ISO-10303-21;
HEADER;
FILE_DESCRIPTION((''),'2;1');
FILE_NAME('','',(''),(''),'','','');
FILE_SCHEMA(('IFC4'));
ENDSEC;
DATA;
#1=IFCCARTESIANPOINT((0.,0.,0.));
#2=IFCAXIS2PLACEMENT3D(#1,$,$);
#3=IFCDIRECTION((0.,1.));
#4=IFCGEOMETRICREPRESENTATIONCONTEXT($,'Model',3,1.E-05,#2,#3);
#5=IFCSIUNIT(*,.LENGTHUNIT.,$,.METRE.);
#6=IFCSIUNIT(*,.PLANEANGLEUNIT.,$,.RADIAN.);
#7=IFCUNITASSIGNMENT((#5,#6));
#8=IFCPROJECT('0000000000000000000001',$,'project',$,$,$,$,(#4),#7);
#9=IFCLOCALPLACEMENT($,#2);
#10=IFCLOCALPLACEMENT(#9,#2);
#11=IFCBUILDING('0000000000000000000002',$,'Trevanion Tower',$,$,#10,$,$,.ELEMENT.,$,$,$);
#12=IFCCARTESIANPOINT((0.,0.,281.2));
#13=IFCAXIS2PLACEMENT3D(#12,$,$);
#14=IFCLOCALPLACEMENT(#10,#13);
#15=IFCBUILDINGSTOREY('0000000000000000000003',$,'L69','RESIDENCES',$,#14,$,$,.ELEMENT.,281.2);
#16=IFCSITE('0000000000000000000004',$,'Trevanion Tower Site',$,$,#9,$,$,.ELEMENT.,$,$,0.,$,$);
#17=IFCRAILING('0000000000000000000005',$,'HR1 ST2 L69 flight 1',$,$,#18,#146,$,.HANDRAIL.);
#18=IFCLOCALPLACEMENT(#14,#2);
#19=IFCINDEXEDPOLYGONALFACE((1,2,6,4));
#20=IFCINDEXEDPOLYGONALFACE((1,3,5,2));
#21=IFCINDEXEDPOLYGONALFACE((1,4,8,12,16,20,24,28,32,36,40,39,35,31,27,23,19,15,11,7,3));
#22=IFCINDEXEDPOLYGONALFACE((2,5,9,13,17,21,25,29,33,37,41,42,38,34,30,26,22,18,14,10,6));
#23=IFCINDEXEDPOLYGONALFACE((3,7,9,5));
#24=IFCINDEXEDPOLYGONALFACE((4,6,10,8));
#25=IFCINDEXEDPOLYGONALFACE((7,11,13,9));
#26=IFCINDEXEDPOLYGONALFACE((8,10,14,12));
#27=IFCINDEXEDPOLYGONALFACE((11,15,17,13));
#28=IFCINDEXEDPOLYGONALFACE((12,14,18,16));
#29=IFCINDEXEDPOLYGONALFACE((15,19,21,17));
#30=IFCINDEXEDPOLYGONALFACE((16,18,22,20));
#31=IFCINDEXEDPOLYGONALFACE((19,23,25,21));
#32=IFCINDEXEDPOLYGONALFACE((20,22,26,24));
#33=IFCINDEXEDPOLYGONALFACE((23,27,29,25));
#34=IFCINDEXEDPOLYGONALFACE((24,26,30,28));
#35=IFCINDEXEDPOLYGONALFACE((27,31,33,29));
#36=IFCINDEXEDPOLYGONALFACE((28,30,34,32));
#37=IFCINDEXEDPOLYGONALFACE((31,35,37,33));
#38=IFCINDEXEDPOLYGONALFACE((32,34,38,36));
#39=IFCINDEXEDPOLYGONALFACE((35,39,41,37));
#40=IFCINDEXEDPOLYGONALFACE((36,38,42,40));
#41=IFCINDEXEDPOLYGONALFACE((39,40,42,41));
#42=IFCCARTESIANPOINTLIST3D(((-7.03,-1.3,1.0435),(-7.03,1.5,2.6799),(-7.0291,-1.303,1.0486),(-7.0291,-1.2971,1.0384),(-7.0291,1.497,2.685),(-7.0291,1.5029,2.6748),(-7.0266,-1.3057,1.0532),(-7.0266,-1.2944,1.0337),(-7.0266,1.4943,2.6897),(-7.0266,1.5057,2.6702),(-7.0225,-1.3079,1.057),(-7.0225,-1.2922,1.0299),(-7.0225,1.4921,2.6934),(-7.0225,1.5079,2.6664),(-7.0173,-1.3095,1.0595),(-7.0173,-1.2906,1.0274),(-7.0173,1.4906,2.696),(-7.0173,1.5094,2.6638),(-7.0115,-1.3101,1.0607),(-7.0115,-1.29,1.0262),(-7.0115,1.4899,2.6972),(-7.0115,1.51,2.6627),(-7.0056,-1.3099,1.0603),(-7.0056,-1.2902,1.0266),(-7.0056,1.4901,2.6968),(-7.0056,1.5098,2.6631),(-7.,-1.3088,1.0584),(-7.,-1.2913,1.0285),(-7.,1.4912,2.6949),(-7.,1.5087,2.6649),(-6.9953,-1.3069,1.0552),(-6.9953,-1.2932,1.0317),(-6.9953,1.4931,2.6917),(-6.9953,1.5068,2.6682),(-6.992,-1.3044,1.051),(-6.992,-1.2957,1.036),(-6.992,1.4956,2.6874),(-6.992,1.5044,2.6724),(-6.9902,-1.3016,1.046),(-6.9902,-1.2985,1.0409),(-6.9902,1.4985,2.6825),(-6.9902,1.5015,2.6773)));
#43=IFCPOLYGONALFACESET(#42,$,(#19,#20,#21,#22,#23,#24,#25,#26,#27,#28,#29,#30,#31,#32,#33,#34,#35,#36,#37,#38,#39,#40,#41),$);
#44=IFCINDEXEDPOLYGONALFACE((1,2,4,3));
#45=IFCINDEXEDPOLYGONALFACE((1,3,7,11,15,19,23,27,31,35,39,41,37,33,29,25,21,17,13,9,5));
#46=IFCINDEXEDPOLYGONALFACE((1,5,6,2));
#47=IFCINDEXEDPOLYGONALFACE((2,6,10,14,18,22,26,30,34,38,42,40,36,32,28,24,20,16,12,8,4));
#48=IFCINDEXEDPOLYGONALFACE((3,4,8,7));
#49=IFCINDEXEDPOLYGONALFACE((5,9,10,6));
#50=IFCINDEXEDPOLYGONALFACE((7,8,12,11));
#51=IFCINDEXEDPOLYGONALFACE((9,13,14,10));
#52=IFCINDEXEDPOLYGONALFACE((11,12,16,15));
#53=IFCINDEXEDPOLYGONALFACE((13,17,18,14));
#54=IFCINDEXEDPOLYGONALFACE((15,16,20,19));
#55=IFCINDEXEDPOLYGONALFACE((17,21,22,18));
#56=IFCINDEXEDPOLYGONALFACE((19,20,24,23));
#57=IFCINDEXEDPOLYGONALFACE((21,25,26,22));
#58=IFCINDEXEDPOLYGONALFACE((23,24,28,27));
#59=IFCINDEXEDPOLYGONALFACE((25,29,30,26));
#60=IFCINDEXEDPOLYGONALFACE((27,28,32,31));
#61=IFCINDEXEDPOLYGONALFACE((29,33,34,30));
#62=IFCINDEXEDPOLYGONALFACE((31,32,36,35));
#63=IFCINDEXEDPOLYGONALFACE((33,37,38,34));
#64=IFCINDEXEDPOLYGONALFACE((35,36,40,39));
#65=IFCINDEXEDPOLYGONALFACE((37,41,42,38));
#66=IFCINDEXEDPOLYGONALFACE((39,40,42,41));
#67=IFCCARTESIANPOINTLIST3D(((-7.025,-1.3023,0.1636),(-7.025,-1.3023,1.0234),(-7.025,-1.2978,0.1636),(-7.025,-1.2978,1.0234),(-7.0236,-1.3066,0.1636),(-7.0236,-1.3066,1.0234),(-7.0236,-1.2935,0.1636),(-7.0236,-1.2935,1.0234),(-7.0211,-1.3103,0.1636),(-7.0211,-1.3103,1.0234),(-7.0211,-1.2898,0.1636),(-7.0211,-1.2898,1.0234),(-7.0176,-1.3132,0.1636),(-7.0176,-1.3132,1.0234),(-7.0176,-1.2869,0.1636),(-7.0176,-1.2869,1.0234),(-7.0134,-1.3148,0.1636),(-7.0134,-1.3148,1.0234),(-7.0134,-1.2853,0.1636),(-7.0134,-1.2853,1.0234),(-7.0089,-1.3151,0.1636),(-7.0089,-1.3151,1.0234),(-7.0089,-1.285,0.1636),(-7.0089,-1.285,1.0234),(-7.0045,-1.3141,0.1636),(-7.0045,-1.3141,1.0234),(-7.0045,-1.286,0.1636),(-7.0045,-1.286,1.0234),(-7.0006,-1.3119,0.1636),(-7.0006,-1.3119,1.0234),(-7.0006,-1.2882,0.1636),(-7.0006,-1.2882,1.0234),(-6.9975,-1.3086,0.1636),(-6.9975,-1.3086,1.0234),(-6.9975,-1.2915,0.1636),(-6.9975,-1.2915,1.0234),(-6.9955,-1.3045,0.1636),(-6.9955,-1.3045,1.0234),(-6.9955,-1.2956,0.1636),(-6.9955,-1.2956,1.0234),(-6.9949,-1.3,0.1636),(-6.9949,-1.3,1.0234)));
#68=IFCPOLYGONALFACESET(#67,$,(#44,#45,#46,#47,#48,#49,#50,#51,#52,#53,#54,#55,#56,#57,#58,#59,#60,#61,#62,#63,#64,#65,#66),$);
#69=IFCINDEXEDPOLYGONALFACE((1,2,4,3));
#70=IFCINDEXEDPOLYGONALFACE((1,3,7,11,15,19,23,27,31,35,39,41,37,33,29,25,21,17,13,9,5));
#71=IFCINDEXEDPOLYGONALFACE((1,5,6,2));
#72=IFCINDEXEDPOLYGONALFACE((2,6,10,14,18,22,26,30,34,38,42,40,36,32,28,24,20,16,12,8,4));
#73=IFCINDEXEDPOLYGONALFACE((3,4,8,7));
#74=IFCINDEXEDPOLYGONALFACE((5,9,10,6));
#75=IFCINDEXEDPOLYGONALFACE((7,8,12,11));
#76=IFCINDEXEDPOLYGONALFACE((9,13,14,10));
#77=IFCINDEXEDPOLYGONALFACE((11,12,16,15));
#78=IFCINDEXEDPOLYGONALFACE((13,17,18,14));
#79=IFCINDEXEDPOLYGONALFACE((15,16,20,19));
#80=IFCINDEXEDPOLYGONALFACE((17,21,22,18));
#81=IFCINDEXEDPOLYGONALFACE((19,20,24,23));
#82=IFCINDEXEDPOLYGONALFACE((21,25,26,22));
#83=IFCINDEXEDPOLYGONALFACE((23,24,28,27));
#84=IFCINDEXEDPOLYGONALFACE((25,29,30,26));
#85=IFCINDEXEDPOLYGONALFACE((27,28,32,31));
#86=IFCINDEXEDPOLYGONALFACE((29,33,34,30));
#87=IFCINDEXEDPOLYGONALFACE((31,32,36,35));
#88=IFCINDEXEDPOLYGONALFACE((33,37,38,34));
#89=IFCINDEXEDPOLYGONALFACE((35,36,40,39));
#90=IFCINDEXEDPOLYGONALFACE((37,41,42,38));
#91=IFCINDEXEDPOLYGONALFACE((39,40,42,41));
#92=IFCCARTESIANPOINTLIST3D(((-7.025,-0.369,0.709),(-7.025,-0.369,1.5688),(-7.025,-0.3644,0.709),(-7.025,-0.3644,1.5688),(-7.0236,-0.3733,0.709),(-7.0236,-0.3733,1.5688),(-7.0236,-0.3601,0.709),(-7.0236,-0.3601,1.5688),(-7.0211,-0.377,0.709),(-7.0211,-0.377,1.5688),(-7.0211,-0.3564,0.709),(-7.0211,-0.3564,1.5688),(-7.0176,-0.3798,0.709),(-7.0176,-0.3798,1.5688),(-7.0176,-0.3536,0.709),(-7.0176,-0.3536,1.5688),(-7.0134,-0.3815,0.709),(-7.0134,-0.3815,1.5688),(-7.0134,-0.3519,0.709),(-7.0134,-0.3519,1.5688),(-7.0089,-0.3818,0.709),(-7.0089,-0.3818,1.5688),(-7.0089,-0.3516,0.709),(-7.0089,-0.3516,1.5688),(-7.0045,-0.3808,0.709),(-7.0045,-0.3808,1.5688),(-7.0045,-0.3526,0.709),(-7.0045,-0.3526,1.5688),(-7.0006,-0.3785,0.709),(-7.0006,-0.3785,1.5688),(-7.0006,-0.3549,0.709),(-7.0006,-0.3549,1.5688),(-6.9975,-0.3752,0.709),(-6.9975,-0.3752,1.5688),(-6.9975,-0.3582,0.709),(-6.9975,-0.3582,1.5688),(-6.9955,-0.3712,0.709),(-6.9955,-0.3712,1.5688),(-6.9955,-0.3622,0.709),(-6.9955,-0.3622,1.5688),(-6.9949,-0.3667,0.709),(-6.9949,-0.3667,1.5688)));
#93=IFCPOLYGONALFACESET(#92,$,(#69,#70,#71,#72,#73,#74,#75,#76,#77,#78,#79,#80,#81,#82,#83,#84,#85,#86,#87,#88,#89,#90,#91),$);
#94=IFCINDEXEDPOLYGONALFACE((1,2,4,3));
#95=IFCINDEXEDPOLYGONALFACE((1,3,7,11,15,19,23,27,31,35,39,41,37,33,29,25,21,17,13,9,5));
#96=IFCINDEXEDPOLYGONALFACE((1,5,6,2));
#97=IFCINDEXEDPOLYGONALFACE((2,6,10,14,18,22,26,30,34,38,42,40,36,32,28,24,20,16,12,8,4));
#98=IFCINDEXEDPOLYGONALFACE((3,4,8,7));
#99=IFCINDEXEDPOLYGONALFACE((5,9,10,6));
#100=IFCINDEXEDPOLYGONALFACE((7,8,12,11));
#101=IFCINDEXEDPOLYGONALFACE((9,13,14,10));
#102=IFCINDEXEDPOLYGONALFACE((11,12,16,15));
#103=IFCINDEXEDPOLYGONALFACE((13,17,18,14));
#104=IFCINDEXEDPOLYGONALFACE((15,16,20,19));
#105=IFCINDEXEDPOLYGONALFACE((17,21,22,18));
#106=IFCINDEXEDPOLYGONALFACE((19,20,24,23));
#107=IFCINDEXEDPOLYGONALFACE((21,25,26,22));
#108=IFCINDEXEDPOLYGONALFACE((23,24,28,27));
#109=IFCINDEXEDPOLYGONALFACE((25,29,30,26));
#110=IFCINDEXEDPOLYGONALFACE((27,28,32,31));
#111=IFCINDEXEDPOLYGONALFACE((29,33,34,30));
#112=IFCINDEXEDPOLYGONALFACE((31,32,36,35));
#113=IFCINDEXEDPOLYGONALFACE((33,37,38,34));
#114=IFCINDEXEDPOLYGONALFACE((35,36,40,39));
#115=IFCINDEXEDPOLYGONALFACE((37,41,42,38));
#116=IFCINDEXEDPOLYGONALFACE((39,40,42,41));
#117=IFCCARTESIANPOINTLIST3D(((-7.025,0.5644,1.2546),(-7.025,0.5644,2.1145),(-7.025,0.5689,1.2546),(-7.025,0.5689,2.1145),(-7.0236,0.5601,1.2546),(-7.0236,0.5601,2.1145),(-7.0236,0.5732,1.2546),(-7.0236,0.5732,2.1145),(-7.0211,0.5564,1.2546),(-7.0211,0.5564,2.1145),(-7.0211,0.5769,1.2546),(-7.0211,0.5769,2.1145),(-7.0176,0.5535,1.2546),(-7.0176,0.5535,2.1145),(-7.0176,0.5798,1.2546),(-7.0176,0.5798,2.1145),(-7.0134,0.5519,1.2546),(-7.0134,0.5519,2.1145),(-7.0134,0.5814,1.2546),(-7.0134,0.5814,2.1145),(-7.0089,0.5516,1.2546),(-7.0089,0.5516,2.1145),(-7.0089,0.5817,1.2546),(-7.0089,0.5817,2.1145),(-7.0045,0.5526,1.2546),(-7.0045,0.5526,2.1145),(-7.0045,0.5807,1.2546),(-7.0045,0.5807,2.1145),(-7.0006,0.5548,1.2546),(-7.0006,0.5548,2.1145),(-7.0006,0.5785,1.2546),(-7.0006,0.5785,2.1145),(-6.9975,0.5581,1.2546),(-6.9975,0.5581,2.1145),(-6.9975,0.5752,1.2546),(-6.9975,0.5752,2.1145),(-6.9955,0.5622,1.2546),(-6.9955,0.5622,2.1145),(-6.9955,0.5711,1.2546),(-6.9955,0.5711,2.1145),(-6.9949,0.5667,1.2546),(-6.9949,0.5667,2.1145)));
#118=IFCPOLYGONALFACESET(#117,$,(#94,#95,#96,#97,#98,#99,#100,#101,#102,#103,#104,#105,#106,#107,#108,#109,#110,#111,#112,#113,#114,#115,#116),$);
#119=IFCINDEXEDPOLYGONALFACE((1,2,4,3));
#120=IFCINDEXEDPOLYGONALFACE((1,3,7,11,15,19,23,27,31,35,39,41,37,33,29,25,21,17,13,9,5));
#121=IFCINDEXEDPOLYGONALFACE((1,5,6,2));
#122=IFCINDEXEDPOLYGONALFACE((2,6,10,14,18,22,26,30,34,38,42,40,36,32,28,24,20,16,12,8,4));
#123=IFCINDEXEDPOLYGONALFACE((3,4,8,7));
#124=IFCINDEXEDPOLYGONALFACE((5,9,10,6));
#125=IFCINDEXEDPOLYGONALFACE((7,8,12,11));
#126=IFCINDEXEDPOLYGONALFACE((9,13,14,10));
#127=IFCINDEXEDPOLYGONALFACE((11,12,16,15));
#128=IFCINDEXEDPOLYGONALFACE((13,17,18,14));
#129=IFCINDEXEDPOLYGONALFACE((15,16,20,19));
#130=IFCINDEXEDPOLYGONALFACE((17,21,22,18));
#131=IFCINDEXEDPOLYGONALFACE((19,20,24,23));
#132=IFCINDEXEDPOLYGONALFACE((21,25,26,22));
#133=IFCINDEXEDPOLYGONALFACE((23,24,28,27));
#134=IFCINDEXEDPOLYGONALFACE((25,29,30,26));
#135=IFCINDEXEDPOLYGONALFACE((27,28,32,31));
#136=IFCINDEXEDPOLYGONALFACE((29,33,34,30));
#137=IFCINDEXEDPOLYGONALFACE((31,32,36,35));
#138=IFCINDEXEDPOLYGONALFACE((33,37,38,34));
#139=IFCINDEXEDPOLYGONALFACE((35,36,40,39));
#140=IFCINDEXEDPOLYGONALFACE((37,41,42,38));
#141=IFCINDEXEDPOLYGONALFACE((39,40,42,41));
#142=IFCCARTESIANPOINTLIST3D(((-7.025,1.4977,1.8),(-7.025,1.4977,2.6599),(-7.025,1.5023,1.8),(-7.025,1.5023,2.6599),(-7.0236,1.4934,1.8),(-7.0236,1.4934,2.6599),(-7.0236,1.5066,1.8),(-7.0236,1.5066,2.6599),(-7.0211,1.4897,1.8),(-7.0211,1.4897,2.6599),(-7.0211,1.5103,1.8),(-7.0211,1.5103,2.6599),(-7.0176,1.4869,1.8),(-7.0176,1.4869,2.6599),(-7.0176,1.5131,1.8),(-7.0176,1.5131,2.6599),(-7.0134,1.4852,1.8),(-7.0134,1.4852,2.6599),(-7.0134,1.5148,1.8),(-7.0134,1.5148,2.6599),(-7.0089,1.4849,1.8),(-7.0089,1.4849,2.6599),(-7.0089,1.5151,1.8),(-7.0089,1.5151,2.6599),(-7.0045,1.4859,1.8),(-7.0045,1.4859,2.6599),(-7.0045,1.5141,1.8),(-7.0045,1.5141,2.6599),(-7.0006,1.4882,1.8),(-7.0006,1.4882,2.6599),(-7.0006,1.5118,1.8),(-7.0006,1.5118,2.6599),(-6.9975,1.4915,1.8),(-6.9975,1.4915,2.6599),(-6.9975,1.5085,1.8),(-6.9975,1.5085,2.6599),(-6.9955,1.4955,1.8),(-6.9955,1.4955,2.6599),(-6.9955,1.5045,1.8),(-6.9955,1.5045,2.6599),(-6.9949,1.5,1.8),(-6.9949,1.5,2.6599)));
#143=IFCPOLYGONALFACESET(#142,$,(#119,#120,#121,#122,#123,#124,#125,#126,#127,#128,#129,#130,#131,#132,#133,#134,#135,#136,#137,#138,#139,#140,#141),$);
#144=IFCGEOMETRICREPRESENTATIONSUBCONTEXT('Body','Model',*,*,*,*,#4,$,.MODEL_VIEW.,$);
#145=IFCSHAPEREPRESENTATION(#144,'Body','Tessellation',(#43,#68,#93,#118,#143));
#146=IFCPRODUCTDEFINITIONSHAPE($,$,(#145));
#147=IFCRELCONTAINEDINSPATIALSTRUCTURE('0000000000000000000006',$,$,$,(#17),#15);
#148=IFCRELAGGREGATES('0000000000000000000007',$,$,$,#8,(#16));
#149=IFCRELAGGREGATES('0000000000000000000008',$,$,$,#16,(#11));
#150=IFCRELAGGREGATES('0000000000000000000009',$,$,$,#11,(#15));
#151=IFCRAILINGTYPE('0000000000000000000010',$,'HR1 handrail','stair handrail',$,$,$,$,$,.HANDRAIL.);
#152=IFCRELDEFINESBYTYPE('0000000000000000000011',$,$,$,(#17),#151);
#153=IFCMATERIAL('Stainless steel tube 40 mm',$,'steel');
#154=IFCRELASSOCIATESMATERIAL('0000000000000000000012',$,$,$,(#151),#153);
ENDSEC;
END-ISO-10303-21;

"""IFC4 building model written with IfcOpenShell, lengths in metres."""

from ifc_helpers import new_model, si_unit, direction, frame, origin, origin_2d, place, context, subcontext, project, spatial, circle, extrude, material, type_object, element, save


model = new_model("IFC4")

# Units and contexts
model_context = context("Model", 3, precision=1e-05, world=origin(), true_north=direction((0.0, 1.0)))
body_context = subcontext(model_context, "Body", "Model", "MODEL_VIEW")
ifc_project = project(units=[si_unit("LENGTHUNIT", "METRE"), si_unit("PLANEANGLEUNIT", "RADIAN")], contexts=[model_context])

# Site, building, storey
site_placement = place(None, origin())
site = spatial("IfcSite", under=ifc_project, at=site_placement, Name="Trevanion Tower Site", CompositionType="ELEMENT", RefElevation=0.0)
building_placement = place(site_placement, origin())
building = spatial("IfcBuilding", under=site, at=building_placement, Name="Trevanion Tower", CompositionType="ELEMENT")
storey_placement = place(building_placement, frame((0.0, 0.0, 281.2)))
storey = spatial("IfcBuildingStorey", under=building, at=storey_placement, Name="L69", Description="RESIDENCES", CompositionType="ELEMENT", Elevation=281.2)

# Railing
ifc_material_1 = material(Name="Stainless steel tube 40 mm", Category="steel")
railing_type = type_object("IfcRailingType", Name="HR1 handrail", Description="stair handrail", PredefinedType="HANDRAIL", material=ifc_material_1)
for number, where, name in (
    (1, (-7.01, -1.3, 0.1636), "HR1 ST2 L69 flight 1"),
):
    element("IfcRailing", number, at=place(storey_placement, frame(where)), inside=storey, type_object=railing_type, Name=name, PredefinedType="HANDRAIL", context=body_context, shape_type="SweptSolid", body=[
        extrude(circle(Radius=0.02, at=origin_2d()), frame((0.0, 0.0, 0.8799), z_axis=(0.0, 0.863361, 0.504587), x_axis=(-1.0, 0.0, 0.0)), (0.0, 0.0, 1.0), 3.2432),
        extrude(circle(Radius=0.0151, at=origin_2d()), origin(), (0.0, 0.0, 1.0), 0.8599),
        extrude(circle(Radius=0.0151, at=origin_2d()), frame((0.0, 0.9333, 0.5454)), (0.0, 0.0, 1.0), 0.8599),
        extrude(circle(Radius=0.0151, at=origin_2d()), frame((0.0, 1.8667, 1.0911)), (0.0, 0.0, 1.0), 0.8599),
        extrude(circle(Radius=0.0151, at=origin_2d()), frame((0.0, 2.8, 1.6365)), (0.0, 0.0, 1.0), 0.8599),
    ])

save(model, "model.ifc")
